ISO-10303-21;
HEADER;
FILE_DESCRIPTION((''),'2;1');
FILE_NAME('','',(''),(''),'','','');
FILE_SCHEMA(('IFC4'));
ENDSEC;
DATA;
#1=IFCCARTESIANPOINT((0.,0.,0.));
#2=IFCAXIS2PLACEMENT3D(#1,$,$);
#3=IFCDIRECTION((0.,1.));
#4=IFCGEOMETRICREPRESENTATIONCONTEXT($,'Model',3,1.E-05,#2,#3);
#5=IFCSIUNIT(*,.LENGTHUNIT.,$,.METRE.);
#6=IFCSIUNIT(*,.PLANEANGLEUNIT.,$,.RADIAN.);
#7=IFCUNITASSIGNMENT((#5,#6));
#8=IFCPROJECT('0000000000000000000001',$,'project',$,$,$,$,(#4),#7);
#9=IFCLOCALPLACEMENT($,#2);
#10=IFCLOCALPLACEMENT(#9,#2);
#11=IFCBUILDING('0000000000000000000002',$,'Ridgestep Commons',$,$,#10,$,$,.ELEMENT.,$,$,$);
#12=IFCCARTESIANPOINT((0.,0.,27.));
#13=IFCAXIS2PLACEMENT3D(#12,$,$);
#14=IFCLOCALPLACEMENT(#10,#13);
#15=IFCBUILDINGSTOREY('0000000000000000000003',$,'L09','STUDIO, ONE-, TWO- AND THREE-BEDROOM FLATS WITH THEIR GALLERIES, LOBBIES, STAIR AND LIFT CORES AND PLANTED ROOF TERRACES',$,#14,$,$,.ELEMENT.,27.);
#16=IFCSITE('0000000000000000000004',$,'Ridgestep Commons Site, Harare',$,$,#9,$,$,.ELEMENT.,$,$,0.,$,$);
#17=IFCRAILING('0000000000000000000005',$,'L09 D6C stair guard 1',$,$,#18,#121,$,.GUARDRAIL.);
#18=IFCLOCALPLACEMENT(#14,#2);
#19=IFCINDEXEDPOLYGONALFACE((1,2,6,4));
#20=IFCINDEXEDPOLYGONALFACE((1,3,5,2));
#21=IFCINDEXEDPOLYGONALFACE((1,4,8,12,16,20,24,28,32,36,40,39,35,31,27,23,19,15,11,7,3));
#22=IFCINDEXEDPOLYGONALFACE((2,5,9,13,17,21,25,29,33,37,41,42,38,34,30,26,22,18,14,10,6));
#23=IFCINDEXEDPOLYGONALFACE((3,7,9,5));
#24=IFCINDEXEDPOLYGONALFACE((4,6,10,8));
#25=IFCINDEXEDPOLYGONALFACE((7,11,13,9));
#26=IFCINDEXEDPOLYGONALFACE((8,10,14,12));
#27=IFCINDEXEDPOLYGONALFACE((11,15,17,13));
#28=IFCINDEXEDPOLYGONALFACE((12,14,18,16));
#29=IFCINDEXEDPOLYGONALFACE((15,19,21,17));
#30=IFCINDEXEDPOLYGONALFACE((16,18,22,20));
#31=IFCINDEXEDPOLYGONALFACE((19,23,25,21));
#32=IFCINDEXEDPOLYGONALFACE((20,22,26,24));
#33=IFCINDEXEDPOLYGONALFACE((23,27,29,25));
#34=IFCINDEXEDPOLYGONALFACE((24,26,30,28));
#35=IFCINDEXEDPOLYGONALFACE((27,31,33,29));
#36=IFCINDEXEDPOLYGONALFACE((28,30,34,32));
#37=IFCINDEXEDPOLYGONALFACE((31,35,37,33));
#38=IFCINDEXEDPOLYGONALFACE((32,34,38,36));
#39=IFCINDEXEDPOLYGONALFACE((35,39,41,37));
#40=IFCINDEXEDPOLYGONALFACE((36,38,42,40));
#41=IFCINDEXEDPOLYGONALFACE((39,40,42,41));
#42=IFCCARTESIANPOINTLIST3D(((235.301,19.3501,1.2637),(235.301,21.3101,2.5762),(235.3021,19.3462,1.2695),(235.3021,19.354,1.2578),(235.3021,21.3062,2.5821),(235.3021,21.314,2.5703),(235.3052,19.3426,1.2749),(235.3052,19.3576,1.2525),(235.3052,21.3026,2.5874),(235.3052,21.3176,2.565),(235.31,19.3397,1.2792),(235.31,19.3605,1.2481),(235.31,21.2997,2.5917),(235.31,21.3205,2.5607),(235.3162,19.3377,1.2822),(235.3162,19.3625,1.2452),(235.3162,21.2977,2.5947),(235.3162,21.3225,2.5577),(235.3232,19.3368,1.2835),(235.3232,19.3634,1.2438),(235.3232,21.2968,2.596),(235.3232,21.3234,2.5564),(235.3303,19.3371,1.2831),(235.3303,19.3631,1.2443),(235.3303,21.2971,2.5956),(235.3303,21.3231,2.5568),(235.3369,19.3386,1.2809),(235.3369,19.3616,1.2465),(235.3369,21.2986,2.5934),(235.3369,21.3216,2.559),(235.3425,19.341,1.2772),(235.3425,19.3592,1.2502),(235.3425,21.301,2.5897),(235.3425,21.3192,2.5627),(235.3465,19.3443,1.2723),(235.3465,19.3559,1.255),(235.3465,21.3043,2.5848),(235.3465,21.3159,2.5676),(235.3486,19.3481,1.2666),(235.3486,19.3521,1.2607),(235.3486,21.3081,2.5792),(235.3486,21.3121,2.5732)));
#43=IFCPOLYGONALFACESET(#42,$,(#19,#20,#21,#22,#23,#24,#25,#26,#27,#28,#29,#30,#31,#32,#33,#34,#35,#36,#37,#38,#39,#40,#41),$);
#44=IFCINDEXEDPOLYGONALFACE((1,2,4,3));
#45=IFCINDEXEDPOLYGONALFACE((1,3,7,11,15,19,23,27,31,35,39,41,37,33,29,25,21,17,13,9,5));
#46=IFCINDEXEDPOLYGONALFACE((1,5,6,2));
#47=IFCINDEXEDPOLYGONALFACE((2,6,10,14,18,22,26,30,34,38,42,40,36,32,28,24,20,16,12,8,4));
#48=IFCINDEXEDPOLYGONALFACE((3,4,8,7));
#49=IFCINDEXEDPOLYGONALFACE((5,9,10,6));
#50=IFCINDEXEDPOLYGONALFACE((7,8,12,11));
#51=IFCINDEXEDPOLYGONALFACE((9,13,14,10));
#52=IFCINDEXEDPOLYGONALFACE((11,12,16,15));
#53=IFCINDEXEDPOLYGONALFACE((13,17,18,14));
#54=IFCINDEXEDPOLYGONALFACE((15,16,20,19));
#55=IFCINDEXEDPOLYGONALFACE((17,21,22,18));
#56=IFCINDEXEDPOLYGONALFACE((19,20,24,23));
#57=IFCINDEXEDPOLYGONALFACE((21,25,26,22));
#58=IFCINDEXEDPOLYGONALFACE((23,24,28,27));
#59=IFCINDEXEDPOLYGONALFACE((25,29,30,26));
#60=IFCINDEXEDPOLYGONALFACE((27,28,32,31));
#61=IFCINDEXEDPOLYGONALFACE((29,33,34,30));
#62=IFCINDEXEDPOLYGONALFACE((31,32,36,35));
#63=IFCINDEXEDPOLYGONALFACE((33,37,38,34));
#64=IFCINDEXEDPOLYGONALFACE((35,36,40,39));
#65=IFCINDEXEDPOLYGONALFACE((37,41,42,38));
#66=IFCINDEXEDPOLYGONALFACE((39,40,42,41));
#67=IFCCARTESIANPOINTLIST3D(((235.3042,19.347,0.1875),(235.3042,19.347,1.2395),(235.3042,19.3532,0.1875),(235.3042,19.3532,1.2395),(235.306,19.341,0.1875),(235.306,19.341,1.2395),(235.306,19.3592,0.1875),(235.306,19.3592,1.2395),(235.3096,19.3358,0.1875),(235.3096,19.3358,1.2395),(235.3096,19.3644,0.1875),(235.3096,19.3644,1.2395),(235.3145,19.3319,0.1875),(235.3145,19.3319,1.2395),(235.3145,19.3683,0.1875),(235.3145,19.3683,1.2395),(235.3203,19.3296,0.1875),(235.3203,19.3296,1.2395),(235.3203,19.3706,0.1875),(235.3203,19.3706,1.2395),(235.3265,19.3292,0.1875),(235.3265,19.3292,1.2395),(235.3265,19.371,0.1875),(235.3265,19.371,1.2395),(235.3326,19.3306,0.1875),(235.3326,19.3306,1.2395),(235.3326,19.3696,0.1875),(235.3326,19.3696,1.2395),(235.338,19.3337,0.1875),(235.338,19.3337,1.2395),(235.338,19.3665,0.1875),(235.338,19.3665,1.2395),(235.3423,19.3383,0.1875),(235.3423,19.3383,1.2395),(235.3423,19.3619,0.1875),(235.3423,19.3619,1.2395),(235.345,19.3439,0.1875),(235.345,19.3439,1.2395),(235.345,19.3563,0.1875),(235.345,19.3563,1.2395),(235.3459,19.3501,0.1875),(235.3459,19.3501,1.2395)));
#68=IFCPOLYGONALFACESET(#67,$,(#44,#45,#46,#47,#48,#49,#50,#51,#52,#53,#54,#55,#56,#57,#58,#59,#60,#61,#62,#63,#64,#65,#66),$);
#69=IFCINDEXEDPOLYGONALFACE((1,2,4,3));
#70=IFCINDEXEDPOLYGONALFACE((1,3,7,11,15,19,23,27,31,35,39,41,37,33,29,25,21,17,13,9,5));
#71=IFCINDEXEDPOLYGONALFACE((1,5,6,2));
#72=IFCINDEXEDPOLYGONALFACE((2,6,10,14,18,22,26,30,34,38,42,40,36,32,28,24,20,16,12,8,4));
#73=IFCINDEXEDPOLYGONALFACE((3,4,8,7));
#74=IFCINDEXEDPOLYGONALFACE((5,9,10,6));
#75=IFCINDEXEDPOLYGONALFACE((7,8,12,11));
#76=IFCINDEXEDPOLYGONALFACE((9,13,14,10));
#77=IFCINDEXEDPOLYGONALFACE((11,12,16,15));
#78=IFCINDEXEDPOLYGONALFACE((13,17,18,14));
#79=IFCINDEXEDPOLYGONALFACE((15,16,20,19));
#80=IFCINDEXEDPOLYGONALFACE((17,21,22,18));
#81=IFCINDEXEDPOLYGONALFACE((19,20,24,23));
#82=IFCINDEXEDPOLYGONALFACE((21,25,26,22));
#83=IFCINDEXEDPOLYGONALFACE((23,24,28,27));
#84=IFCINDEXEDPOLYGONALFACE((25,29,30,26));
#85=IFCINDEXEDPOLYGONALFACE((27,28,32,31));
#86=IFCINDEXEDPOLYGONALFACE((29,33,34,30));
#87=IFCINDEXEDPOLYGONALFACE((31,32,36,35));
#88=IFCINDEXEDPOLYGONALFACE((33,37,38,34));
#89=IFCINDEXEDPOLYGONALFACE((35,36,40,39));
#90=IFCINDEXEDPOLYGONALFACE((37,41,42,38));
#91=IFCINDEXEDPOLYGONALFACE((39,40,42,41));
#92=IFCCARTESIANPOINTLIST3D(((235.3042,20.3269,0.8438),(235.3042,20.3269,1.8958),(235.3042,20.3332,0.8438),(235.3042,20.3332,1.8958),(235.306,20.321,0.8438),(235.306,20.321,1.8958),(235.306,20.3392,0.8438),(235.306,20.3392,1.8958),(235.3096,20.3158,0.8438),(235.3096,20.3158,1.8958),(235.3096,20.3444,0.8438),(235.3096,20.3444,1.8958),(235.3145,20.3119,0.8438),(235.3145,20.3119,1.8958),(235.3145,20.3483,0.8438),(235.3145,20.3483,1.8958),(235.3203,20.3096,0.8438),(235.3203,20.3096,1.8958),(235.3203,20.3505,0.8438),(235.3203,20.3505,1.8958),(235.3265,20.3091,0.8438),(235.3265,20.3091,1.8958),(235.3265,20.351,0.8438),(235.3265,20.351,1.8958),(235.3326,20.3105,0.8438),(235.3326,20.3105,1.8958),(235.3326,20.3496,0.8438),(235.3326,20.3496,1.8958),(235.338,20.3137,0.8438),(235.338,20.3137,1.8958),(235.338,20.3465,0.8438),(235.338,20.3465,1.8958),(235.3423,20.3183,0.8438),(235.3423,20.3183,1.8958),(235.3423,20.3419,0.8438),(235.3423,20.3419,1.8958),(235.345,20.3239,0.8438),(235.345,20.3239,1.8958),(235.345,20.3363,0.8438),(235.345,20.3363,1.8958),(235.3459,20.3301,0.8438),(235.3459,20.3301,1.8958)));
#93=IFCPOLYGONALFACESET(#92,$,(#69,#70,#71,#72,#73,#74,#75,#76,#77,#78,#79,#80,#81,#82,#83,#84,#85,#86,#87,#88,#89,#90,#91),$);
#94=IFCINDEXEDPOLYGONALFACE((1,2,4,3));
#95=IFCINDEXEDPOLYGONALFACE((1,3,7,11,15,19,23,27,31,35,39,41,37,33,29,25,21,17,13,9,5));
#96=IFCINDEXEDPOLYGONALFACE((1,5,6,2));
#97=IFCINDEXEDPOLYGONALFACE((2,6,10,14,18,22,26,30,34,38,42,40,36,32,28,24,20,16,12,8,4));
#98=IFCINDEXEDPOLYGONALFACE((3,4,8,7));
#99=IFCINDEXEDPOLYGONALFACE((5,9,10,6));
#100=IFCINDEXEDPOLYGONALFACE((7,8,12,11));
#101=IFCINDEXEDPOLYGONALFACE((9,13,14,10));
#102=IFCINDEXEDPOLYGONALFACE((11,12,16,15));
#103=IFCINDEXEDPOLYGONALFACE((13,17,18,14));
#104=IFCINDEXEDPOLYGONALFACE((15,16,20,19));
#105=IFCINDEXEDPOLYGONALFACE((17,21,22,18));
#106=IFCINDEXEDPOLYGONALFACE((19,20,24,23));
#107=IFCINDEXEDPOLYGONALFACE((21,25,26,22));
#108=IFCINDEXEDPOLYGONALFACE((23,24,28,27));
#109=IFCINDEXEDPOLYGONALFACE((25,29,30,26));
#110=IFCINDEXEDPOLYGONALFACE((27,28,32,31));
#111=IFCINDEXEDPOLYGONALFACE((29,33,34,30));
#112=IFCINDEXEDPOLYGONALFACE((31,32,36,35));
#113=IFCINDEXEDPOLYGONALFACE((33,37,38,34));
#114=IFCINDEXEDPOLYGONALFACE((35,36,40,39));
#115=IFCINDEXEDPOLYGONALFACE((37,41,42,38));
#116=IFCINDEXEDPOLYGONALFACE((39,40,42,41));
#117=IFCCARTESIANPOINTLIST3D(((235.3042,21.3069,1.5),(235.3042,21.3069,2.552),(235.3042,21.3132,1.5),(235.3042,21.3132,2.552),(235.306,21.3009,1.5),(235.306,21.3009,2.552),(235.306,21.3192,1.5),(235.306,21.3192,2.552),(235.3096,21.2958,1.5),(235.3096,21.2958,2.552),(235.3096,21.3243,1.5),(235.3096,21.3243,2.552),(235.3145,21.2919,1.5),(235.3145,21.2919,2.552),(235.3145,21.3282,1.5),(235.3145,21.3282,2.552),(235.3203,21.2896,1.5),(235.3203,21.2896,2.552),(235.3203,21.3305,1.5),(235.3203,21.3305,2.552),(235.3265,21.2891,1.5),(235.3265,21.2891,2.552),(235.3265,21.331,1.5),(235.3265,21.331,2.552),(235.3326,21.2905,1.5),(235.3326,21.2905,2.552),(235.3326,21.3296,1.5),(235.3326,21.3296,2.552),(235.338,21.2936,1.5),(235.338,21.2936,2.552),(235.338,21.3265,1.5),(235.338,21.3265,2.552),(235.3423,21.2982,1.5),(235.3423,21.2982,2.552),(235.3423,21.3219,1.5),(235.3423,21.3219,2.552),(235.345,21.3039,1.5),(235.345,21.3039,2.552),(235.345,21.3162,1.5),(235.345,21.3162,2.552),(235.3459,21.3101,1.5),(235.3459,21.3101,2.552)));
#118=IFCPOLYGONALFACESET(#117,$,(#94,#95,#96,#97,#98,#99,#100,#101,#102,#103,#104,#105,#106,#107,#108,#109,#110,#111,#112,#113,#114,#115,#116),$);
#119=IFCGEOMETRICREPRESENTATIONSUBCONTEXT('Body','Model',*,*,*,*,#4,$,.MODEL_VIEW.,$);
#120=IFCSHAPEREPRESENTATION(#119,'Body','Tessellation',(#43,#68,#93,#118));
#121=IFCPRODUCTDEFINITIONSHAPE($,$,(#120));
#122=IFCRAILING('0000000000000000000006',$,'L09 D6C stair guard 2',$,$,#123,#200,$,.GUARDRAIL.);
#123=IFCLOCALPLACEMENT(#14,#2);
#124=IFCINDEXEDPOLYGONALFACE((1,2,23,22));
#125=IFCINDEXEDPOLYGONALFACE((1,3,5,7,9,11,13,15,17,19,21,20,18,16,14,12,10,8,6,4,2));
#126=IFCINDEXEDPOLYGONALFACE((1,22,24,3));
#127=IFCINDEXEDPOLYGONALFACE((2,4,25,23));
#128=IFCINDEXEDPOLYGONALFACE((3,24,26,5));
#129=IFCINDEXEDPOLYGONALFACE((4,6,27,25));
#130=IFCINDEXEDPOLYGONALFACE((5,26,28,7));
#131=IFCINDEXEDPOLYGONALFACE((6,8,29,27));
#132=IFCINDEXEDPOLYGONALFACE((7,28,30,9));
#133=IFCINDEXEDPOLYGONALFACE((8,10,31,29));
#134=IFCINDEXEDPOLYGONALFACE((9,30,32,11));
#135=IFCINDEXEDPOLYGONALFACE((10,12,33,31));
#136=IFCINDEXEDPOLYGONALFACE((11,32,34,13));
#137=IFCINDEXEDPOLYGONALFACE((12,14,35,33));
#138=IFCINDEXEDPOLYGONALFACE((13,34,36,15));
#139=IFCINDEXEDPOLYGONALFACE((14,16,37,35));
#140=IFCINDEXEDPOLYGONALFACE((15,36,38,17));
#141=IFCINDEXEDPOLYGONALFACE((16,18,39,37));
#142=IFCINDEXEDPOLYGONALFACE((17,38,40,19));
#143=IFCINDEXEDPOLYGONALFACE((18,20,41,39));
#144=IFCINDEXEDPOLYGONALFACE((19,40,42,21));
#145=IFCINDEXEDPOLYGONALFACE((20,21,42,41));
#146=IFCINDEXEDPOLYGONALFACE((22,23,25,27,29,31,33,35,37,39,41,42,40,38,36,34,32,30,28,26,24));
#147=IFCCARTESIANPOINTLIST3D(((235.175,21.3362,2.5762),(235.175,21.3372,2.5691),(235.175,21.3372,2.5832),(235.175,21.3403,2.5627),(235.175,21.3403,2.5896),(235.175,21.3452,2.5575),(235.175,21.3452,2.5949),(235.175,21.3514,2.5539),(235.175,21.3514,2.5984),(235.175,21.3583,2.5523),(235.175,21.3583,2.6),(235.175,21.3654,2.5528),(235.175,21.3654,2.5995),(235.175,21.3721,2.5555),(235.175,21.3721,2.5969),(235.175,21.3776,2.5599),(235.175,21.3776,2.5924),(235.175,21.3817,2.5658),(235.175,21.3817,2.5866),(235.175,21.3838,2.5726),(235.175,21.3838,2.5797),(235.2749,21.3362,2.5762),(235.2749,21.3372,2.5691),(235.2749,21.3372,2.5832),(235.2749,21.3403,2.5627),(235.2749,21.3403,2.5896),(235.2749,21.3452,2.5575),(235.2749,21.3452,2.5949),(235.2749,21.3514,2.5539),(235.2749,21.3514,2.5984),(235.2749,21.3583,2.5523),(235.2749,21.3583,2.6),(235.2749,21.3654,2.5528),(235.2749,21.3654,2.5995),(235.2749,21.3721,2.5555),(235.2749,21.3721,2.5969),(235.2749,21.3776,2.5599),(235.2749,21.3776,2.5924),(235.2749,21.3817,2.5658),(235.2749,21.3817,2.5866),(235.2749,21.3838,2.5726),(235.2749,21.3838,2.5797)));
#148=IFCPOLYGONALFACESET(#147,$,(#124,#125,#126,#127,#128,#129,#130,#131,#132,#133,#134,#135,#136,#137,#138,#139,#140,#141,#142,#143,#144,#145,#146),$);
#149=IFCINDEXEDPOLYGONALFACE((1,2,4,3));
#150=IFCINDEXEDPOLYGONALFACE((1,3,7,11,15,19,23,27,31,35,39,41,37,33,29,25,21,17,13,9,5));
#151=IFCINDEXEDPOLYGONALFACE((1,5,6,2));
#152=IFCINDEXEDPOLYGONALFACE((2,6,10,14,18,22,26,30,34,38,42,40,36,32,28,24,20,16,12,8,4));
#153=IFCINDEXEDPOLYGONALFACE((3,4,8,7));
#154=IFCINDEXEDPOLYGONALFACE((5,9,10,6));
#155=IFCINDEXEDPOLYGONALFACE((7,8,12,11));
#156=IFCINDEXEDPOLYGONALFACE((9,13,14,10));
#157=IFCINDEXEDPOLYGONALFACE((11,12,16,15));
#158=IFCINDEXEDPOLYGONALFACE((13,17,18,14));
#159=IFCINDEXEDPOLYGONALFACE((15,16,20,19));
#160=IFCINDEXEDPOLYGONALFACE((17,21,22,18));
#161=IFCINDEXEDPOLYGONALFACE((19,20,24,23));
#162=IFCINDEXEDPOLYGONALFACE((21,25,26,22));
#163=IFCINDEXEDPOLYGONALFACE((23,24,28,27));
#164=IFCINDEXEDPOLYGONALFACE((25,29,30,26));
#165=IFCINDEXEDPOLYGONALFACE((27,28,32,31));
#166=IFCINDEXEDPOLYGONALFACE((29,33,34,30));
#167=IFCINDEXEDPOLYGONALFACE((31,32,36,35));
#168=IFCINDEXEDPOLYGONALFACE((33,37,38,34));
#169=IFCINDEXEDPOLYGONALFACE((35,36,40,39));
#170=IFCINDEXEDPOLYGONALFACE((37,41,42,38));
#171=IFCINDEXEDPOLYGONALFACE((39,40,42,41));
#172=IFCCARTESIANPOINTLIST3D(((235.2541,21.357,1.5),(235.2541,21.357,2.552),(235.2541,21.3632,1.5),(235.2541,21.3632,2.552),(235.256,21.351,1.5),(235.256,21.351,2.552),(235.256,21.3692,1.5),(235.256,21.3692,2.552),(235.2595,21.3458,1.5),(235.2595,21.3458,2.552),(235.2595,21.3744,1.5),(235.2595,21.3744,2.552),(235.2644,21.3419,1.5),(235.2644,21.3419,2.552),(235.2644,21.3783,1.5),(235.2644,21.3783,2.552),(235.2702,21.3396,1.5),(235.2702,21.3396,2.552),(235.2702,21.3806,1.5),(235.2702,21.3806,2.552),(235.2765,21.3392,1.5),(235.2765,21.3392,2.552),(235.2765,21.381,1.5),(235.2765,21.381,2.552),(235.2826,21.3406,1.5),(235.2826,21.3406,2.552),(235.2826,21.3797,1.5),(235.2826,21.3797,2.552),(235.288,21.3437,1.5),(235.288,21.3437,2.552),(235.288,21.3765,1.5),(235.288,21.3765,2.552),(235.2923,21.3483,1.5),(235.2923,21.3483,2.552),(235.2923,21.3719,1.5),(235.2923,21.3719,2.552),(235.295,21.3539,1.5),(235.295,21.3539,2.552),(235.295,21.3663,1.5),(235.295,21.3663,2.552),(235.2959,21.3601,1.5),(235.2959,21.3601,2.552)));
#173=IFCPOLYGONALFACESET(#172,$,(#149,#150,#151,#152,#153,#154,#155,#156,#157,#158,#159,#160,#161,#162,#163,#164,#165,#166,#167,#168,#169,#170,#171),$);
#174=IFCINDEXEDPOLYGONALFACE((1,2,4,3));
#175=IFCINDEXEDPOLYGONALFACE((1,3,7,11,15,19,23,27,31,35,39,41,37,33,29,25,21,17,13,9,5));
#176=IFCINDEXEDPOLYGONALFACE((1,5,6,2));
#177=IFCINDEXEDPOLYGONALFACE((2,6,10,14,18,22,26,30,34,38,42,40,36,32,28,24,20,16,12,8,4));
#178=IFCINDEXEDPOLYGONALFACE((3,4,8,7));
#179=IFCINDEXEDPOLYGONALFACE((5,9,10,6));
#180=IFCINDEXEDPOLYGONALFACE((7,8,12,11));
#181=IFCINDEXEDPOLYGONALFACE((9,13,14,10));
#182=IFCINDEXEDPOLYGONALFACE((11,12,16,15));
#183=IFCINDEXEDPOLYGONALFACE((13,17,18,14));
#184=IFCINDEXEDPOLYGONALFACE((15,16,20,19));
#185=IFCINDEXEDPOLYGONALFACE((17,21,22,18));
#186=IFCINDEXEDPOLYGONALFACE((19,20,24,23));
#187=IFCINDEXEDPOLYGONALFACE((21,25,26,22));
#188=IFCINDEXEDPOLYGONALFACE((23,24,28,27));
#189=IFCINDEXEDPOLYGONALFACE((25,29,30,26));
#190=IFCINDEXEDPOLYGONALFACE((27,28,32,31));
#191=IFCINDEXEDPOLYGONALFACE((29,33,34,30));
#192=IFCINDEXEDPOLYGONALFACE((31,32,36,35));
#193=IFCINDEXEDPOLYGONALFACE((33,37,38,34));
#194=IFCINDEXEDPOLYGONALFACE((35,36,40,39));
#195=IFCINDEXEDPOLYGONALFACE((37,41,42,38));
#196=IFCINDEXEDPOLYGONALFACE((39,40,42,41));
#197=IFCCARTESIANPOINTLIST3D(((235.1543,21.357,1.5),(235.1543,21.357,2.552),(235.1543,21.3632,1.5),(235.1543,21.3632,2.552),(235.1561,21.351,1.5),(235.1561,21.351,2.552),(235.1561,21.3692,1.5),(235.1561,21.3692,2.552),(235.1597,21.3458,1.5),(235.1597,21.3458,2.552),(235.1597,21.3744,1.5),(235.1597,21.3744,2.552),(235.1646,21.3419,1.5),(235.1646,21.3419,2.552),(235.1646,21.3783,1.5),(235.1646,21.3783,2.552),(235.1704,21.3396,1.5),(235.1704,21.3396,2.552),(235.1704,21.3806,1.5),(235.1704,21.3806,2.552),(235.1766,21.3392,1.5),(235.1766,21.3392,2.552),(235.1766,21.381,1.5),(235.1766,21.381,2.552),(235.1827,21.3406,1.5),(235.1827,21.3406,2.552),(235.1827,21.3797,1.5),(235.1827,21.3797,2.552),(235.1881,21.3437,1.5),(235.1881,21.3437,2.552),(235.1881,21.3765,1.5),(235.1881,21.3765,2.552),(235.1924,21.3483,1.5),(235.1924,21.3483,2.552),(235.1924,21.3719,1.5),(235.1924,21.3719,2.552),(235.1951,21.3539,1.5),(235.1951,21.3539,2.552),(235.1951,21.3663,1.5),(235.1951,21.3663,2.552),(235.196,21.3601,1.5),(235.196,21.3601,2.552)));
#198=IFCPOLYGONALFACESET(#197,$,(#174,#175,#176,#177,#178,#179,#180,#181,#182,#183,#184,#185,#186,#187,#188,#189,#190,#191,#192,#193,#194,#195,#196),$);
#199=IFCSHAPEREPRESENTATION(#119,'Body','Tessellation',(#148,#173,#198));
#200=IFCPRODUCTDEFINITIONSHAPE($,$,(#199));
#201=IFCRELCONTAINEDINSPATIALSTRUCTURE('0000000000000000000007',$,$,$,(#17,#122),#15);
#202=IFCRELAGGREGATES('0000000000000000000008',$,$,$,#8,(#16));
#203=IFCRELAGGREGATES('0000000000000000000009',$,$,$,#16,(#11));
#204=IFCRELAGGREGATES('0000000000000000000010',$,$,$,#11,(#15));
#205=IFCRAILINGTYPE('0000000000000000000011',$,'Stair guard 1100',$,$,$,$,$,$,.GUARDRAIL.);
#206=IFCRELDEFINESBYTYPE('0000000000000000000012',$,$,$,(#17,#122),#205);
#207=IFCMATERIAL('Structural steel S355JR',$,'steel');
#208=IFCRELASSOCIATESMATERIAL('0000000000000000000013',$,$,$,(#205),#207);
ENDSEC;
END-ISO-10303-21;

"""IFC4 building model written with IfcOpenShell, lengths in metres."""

from ifc_helpers import new_model, si_unit, direction, frame, origin, origin_2d, place, context, subcontext, project, spatial, circle, extrude, material, type_object, element, save


model = new_model("IFC4")

# Units and contexts
model_context = context("Model", 3, precision=1e-05, world=origin(), true_north=direction((0.0, 1.0)))
body_context = subcontext(model_context, "Body", "Model", "MODEL_VIEW")
ifc_project = project(units=[si_unit("LENGTHUNIT", "METRE"), si_unit("PLANEANGLEUNIT", "RADIAN")], contexts=[model_context])

# Site, building, storey
site_placement = place(None, origin())
site = spatial("IfcSite", under=ifc_project, at=site_placement, Name="Ridgestep Commons Site, Harare", CompositionType="ELEMENT", RefElevation=0.0)
building_placement = place(site_placement, origin())
building = spatial("IfcBuilding", under=site, at=building_placement, Name="Ridgestep Commons", CompositionType="ELEMENT")
storey_placement = place(building_placement, frame((0.0, 0.0, 27.0)))
storey = spatial("IfcBuildingStorey", under=building, at=storey_placement, Name="L09", Description="STUDIO, ONE-, TWO- AND THREE-BEDROOM FLATS WITH THEIR GALLERIES, LOBBIES, STAIR AND LIFT CORES AND PLANTED ROOF TERRACES", CompositionType="ELEMENT", Elevation=27.0)

# Railings
ifc_material_1 = material(Name="Structural steel S355JR", Category="steel")
railing_type_1 = type_object("IfcRailingType", Name="Stair guard 1100", PredefinedType="GUARDRAIL", material=ifc_material_1)
railing_1_placement = place(storey_placement, frame((235.325, 19.3501, 0.1875)))
element("IfcRailing", 1, at=railing_1_placement, inside=storey, type_object=railing_type_1, Name="L09 D6C stair guard 1", PredefinedType="GUARDRAIL", context=body_context, shape_type="SweptSolid", body=[
    extrude(circle(Radius=0.0239, at=origin_2d()), frame((0.0, 0.0, 1.0762), z_axis=(0.0, 0.830902, 0.556419), x_axis=(-1.0, 0.0, 0.0)), (0.0, 0.0, 1.0), 2.3589),
    extrude(circle(Radius=0.021, at=origin_2d()), origin(), (0.0, 0.0, 1.0), 1.052),
    extrude(circle(Radius=0.021, at=origin_2d()), frame((0.0, 0.98, 0.6562)), (0.0, 0.0, 1.0), 1.052),
    extrude(circle(Radius=0.021, at=origin_2d()), frame((0.0, 1.96, 1.3125)), (0.0, 0.0, 1.0), 1.052),
])
railing_2_placement = place(storey_placement, frame((235.2749, 21.3601, 1.5)))
element("IfcRailing", 2, at=railing_2_placement, inside=storey, type_object=railing_type_1, Name="L09 D6C stair guard 2", PredefinedType="GUARDRAIL", context=body_context, shape_type="SweptSolid", body=[
    extrude(circle(Radius=0.0239, at=origin_2d()), frame((0.0, 0.0, 1.0762), z_axis=(-1.0, 0.0, 0.0), x_axis=(0.0, -1.0, 0.0)), (0.0, 0.0, 1.0), 0.0999),
    extrude(circle(Radius=0.021, at=origin_2d()), origin(), (0.0, 0.0, 1.0), 1.052),
    extrude(circle(Radius=0.021, at=origin_2d()), frame((-0.0999, 0.0, 0.0)), (0.0, 0.0, 1.0), 1.052),
])

save(model, "model.ifc")
